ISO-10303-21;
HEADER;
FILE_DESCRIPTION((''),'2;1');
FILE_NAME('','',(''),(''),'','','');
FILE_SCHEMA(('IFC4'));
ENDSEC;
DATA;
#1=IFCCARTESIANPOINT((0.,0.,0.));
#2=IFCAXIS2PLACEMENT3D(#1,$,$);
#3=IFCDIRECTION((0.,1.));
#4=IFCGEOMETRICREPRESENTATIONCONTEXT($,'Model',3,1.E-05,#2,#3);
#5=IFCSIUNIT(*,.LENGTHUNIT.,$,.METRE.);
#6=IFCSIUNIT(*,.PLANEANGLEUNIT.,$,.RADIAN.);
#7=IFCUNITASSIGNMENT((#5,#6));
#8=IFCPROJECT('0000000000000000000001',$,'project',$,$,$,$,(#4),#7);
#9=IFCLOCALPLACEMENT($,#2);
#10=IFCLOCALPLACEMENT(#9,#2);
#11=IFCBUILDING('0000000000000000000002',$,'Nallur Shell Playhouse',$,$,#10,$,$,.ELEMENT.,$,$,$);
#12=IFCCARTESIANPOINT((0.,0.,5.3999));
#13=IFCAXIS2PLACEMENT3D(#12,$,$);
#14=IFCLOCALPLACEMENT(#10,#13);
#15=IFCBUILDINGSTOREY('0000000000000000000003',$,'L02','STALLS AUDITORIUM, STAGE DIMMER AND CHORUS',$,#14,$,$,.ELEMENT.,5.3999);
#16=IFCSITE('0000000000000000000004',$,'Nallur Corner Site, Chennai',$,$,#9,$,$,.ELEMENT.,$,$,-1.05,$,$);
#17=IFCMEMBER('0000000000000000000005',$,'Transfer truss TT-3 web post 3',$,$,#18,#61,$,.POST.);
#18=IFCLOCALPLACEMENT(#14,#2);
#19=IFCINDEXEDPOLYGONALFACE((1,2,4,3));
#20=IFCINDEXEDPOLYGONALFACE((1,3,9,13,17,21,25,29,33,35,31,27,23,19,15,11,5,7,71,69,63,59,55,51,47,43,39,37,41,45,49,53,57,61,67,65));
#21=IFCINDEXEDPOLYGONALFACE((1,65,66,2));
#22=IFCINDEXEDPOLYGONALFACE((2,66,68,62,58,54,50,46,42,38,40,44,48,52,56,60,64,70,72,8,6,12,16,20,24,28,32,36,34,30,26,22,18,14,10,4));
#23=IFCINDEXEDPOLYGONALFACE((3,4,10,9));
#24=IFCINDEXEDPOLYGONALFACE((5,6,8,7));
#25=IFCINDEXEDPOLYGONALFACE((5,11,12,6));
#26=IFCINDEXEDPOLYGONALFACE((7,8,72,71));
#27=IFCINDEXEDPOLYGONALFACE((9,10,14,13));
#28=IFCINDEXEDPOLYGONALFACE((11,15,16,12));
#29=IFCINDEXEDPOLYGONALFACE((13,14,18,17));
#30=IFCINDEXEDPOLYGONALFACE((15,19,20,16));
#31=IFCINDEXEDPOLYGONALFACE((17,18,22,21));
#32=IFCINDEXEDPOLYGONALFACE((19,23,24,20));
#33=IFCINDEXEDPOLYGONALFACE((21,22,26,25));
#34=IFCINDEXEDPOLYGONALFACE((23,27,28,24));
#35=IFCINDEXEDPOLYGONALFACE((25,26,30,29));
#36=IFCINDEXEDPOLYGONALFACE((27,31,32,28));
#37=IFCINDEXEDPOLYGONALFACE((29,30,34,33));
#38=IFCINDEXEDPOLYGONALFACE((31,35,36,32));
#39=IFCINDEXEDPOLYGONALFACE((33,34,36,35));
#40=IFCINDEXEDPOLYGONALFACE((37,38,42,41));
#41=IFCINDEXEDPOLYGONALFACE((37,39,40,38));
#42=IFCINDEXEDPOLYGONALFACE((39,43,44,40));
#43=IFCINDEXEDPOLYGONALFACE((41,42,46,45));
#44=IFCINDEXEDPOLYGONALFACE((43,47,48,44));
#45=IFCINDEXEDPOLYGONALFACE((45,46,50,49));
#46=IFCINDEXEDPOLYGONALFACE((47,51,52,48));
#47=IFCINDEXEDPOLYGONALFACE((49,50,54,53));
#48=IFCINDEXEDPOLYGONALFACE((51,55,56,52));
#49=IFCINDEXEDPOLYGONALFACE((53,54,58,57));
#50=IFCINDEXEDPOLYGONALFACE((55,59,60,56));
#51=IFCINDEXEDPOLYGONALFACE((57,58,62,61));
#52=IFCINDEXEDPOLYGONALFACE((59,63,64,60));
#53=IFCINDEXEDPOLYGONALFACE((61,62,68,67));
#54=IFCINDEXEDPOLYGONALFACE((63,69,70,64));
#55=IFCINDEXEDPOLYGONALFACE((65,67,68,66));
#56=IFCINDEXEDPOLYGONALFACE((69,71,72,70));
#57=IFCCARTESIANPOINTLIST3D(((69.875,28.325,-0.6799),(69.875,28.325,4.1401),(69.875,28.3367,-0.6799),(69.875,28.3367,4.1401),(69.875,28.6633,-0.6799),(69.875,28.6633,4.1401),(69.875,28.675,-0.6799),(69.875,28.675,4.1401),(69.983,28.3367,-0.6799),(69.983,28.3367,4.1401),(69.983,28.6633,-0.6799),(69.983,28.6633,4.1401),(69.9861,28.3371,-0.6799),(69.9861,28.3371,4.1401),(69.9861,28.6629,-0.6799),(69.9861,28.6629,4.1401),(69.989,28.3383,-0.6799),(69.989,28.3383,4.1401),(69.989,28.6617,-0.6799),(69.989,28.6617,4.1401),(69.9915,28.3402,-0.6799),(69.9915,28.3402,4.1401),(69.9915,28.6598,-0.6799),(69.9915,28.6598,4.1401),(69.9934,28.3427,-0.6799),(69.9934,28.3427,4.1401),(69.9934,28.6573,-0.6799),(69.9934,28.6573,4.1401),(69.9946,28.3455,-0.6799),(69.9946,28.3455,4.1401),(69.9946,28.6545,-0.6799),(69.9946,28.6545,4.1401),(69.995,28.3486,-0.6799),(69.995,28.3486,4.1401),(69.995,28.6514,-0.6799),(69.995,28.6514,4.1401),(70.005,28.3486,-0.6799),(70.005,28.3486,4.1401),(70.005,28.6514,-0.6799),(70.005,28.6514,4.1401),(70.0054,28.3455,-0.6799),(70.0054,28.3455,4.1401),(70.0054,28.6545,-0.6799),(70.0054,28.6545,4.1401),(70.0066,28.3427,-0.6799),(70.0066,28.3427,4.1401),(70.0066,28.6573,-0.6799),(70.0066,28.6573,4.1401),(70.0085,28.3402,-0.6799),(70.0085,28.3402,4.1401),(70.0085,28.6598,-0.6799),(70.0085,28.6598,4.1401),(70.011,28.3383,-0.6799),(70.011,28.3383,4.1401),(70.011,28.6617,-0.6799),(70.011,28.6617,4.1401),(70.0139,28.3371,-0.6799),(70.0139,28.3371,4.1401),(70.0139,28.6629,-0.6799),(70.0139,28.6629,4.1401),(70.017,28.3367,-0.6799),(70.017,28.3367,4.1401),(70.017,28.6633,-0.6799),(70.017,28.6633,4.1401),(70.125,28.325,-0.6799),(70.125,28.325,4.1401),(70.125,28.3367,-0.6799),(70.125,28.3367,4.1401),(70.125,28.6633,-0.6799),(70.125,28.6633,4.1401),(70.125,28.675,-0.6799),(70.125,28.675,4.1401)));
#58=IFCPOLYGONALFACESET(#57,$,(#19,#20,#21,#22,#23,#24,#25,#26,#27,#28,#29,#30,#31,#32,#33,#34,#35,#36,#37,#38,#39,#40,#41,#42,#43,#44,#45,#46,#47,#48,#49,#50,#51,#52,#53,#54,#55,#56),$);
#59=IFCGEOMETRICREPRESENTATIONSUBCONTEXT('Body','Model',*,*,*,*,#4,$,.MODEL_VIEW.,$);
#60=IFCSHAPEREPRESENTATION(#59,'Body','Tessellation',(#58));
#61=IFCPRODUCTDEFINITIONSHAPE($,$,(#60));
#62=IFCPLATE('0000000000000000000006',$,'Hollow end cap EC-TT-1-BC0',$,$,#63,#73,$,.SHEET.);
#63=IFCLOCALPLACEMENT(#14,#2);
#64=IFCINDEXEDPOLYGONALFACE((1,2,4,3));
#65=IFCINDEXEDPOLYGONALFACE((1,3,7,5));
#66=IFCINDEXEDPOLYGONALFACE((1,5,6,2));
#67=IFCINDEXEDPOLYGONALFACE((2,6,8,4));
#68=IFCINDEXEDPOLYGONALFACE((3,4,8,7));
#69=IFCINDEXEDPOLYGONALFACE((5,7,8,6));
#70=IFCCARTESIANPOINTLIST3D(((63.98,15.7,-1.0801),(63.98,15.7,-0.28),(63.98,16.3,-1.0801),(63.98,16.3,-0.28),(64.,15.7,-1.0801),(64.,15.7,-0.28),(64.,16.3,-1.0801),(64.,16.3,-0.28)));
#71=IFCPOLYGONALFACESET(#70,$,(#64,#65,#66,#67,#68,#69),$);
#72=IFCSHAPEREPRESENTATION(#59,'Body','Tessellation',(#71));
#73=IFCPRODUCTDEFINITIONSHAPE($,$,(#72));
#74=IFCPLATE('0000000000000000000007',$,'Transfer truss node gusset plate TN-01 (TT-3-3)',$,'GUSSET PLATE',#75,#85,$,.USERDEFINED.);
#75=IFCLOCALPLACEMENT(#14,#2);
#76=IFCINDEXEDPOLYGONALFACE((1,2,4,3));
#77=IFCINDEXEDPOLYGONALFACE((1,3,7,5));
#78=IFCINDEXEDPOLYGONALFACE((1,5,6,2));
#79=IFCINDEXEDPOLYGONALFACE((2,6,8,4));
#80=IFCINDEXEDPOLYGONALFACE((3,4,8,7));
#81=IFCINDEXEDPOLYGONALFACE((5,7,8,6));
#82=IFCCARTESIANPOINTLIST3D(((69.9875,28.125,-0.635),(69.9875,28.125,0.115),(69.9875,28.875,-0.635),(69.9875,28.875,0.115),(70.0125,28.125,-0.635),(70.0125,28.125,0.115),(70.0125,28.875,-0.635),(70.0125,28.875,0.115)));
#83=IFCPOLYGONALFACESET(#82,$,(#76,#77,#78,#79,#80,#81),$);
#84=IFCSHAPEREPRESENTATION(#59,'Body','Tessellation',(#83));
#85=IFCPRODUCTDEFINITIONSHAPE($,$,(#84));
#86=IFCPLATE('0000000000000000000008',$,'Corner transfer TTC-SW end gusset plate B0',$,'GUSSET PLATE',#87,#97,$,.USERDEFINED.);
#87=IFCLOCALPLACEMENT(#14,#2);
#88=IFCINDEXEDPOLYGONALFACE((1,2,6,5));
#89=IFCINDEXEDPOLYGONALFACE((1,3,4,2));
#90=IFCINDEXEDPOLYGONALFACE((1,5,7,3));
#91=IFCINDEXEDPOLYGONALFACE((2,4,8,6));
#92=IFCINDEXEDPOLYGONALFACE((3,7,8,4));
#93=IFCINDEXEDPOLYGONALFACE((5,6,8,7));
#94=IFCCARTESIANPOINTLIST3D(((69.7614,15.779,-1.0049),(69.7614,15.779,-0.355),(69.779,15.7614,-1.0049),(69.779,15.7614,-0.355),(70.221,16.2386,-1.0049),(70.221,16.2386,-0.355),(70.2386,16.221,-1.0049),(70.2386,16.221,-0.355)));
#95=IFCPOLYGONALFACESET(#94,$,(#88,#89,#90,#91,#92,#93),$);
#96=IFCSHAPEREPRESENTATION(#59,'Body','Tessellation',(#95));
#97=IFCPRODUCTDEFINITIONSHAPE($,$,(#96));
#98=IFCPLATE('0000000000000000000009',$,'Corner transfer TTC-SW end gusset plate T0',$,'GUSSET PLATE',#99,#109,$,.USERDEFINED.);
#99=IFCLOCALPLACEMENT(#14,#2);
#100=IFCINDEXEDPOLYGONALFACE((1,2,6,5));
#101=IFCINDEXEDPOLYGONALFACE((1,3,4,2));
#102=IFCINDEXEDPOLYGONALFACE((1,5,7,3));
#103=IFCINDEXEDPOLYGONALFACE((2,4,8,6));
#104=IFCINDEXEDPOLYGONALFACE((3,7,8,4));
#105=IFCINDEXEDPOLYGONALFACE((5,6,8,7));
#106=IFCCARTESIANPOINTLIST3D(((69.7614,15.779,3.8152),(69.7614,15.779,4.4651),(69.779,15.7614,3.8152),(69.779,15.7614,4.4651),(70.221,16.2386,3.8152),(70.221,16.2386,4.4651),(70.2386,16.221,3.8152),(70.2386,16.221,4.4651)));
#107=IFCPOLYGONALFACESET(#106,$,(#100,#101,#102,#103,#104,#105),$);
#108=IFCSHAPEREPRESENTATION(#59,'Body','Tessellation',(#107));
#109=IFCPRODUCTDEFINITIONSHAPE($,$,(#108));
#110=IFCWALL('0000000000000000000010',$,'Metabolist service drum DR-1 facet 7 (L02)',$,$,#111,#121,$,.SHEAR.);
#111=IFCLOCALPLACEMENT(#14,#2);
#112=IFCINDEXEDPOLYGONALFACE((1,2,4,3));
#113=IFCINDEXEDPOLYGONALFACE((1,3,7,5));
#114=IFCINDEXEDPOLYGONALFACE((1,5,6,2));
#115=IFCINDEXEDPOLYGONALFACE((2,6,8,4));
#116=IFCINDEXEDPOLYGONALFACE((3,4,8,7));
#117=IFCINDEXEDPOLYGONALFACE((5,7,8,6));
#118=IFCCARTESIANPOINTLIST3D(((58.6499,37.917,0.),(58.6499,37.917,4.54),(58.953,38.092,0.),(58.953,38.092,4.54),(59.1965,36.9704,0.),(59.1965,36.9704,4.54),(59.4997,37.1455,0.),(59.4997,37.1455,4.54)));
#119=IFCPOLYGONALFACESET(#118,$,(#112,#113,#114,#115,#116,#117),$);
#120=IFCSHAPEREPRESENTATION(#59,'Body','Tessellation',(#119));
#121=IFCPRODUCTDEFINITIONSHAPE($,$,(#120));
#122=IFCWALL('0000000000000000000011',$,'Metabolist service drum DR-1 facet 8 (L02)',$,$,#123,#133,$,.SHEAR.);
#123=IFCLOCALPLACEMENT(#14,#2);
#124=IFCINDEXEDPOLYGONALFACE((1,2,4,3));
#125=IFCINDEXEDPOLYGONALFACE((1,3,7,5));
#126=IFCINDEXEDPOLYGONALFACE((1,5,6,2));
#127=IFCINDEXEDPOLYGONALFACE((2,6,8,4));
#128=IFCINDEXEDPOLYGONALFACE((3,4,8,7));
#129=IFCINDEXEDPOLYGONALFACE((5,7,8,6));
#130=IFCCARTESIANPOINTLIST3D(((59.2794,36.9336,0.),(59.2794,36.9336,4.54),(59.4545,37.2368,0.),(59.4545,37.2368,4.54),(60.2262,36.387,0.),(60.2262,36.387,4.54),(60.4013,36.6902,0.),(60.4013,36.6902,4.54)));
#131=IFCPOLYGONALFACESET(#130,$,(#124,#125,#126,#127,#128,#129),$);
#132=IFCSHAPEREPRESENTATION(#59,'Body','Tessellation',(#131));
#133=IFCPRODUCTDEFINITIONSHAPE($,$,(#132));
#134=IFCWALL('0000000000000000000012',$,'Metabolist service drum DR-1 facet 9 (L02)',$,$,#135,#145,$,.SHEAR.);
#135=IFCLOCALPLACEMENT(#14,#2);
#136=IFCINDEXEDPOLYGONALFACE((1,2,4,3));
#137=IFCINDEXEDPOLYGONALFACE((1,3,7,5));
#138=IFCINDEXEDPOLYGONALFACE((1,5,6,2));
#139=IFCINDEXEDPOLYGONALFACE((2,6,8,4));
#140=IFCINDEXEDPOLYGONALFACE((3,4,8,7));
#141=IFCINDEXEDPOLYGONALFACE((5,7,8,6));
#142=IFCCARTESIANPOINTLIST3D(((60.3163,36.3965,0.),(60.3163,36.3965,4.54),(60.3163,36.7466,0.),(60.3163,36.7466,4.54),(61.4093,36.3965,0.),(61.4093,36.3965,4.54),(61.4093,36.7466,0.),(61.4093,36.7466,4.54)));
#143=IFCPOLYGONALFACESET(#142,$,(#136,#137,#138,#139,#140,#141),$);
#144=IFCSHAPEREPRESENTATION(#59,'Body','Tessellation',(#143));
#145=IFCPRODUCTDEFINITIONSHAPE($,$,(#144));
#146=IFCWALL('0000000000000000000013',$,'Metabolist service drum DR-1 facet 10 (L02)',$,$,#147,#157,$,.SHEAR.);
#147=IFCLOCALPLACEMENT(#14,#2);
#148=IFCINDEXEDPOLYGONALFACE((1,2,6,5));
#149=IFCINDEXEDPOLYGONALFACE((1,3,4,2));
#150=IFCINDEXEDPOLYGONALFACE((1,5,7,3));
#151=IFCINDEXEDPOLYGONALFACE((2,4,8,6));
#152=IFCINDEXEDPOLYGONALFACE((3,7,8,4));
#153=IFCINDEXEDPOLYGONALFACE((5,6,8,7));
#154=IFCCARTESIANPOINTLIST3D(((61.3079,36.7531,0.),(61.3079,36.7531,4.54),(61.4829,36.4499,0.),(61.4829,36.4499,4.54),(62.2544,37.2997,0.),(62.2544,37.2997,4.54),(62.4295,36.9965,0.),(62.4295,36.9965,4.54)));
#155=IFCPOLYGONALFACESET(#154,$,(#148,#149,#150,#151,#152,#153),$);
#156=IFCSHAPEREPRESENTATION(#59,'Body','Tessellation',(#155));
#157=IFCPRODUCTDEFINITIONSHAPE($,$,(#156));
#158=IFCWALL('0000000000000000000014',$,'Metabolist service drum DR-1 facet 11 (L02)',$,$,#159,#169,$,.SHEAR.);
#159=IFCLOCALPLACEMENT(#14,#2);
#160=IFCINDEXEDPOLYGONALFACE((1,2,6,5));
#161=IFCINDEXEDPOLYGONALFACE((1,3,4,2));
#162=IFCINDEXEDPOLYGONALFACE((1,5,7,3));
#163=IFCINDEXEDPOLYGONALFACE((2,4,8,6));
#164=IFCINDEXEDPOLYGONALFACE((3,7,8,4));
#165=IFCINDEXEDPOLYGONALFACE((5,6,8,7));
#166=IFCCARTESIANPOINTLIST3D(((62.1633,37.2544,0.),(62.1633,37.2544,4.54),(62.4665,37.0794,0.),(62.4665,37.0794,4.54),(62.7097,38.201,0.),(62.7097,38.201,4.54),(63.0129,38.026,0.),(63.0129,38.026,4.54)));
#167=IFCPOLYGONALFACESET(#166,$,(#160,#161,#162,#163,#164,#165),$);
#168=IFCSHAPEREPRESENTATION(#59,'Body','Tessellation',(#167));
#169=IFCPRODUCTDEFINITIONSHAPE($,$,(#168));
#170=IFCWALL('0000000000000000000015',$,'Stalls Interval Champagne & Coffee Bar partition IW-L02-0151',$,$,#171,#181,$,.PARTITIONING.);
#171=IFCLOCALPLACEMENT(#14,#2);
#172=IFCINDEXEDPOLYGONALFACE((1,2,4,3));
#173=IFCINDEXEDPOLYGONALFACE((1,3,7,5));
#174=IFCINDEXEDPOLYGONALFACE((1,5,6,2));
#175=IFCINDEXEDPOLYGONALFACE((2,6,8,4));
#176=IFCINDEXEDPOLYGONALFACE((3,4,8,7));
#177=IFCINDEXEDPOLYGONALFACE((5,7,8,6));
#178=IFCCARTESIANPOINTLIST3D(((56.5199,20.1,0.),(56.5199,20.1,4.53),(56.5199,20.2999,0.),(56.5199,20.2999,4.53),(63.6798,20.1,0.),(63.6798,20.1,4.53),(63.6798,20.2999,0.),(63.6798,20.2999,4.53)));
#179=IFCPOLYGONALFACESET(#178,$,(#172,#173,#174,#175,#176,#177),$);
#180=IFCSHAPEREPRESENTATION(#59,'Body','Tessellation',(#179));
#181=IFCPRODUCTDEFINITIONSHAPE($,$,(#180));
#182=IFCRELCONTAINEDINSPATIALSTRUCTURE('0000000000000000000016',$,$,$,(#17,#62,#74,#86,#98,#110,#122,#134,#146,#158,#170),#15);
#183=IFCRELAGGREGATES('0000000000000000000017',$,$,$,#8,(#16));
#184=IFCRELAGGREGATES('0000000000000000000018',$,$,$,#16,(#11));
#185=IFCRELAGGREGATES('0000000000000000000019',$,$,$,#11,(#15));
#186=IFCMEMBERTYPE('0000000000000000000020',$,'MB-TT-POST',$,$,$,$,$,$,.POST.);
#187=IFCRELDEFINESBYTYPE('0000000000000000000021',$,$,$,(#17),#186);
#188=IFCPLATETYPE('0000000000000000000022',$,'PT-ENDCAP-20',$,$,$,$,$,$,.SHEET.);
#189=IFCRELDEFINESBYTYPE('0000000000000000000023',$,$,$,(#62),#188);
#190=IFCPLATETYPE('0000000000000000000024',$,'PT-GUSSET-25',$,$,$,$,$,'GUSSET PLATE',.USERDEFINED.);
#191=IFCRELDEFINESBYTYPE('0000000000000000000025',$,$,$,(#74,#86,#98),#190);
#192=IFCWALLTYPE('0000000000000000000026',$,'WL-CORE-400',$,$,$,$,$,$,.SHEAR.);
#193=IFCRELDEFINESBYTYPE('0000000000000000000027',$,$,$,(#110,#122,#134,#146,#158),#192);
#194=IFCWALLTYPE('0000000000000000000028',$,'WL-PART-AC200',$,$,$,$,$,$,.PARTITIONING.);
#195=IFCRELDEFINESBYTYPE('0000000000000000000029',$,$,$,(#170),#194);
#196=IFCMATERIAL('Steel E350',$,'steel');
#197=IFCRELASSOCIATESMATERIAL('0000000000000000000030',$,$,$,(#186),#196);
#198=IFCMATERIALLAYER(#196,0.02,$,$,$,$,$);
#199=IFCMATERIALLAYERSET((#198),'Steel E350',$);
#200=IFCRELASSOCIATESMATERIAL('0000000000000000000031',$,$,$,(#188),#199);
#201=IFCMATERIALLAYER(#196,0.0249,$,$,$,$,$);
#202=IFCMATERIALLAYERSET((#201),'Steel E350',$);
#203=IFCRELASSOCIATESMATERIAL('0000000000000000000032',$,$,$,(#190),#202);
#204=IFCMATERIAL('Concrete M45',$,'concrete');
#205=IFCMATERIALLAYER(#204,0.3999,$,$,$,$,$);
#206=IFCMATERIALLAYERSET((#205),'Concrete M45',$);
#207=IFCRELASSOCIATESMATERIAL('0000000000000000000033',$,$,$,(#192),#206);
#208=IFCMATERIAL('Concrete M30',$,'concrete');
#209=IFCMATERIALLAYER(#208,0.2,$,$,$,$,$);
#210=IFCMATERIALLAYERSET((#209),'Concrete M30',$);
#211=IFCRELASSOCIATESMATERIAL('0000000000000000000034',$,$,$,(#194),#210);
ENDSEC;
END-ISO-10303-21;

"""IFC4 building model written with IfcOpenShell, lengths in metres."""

from ifc_helpers import new_model, si_unit, direction, frame, frame_2d, origin, origin_2d, place, context, subcontext, project, spatial, rectangle, i_section, extrude, material, layer, layer_set, material_profile, profile_set, type_object, element, save


model = new_model("IFC4")

# Units and contexts
model_context = context("Model", 3, precision=1e-05, world=origin(), true_north=direction((0.0, 1.0)))
body_context = subcontext(model_context, "Body", "Model", "MODEL_VIEW")
ifc_project = project(units=[si_unit("LENGTHUNIT", "METRE"), si_unit("PLANEANGLEUNIT", "RADIAN")], contexts=[model_context])

# Site, building, storey
site_placement = place(None, origin())
site = spatial("IfcSite", under=ifc_project, at=site_placement, Name="Nallur Corner Site, Chennai", CompositionType="ELEMENT", RefElevation=-1.05)
building_placement = place(site_placement, origin())
building = spatial("IfcBuilding", under=site, at=building_placement, Name="Nallur Shell Playhouse", CompositionType="ELEMENT")
storey_placement = place(building_placement, frame((0.0, 0.0, 5.3999)))
storey = spatial("IfcBuildingStorey", under=building, at=storey_placement, Name="L02", Description="STALLS AUDITORIUM, STAGE DIMMER AND CHORUS", CompositionType="ELEMENT", Elevation=5.3999)

# Shared definitions
ifc_material_1 = material(Name="Concrete M45", Category="concrete")

# Shared definitions
ifc_material_2 = material(Name="Steel E350", Category="steel")

# Member
ifc_material_profile_1 = material_profile(ifc_material_2, i_section(OverallWidth=0.25, OverallDepth=0.3501, WebThickness=0.01, FlangeThickness=0.0117, FilletRadius=0.012, at=origin_2d()), Name="ISHB 350")
ifc_profile_set_1 = profile_set([ifc_material_profile_1], Name="Steel E350")
member_type_1 = type_object("IfcMemberType", Name="MB-TT-POST", PredefinedType="POST", material=ifc_profile_set_1)
member_1_placement = place(storey_placement, frame((70.0, 28.5, -0.6799), z_axis=(0.0, 0.0, 1.0), x_axis=(1.0, 0.0, 0.0)))
element("IfcMember", 1, at=member_1_placement, inside=storey, type_object=member_type_1, Name="Transfer truss TT-3 web post 3", PredefinedType="POST", context=body_context, shape_type="SweptSolid", body=[
    extrude(i_section(OverallWidth=0.25, OverallDepth=0.3501, WebThickness=0.01, FlangeThickness=0.0117, FilletRadius=0.012, at=origin_2d()), origin(), (0.0, 0.0, 1.0), 4.8201),
])

# Plates
ifc_layer_1 = layer(ifc_material_2, 0.02)
ifc_layer_set_1 = layer_set([ifc_layer_1], Name="Steel E350")
plate_type_1 = type_object("IfcPlateType", Name="PT-ENDCAP-20", PredefinedType="SHEET", material=ifc_layer_set_1)
plate_1_placement = place(storey_placement, frame((63.99, 16.0, -1.0801), z_axis=(0.0, 0.0, 1.0), x_axis=(1.0, 0.0, 0.0)))
element("IfcPlate", 2, at=plate_1_placement, inside=storey, type_object=plate_type_1, Name="Hollow end cap EC-TT-1-BC0", PredefinedType="SHEET", context=body_context, shape_type="SweptSolid", body=[
    extrude(rectangle(XDim=0.02, YDim=0.6001, at=origin_2d()), origin(), (0.0, 0.0, 1.0), 0.8),
])
ifc_layer_2 = layer(ifc_material_2, 0.0249)
ifc_layer_set_2 = layer_set([ifc_layer_2], Name="Steel E350")
plate_type_2 = type_object("IfcPlateType", Name="PT-GUSSET-25", ElementType="GUSSET PLATE", PredefinedType="USERDEFINED", material=ifc_layer_set_2)
plate_2_placement = place(storey_placement, frame((70.0, 28.5, -0.635), z_axis=(0.0, 0.0, 1.0), x_axis=(1.0, 0.0, 0.0)))
element("IfcPlate", 3, at=plate_2_placement, inside=storey, type_object=plate_type_2, Name="Transfer truss node gusset plate TN-01 (TT-3-3)", ObjectType="GUSSET PLATE", PredefinedType="USERDEFINED", context=body_context, shape_type="SweptSolid", body=[
    extrude(rectangle(XDim=0.0249, YDim=0.75, at=origin_2d()), origin(), (0.0, 0.0, 1.0), 0.75),
])
for number, where, z_axis, x_axis, name in (
    (4, (70.0, 16.0, -1.0049), (0.0, 0.0, 1.0), (-0.707107, -0.707107, 0.0), "Corner transfer TTC-SW end gusset plate B0"),
    (5, (70.0, 16.0, 3.8152), (0.0, 0.0, 1.0), (-0.707107, -0.707107, 0.0), "Corner transfer TTC-SW end gusset plate T0"),
):
    element("IfcPlate", number, at=place(storey_placement, frame(where, z_axis=z_axis, x_axis=x_axis)), inside=storey, type_object=plate_type_2, Name=name, ObjectType="GUSSET PLATE", PredefinedType="USERDEFINED", context=body_context, shape_type="SweptSolid", body=[
        extrude(rectangle(XDim=0.6499, YDim=0.0249, at=origin_2d()), origin(), (0.0, 0.0, 1.0), 0.6499),
    ])

# Walls
ifc_layer_3 = layer(ifc_material_1, 0.3999)
ifc_layer_set_3 = layer_set([ifc_layer_3], Name="Concrete M45")
wall_type_1 = type_object("IfcWallType", Name="WL-CORE-400", PredefinedType="SHEAR", material=ifc_layer_set_3)
wall_1_placement = place(storey_placement, frame((58.8015, 38.0044, 0.0), z_axis=(0.0, 0.0, 1.0), x_axis=(0.500103, -0.865966, 0.0)))
element("IfcWall", 6, at=wall_1_placement, inside=storey, type_object=wall_type_1, Name="Metabolist service drum DR-1 facet 7 (L02)", PredefinedType="SHEAR", context=body_context, shape_type="SweptSolid", body=[
    extrude(rectangle(XDim=1.093, YDim=0.3501, at=frame_2d((0.5464, 0.0))), origin(), (0.0, 0.0, 1.0), 4.54),
])
wall_2_placement = place(storey_placement, frame((59.3669, 37.0852, 0.0), z_axis=(0.0, 0.0, 1.0), x_axis=(0.866022, -0.500006, 0.0)))
element("IfcWall", 7, at=wall_2_placement, inside=storey, type_object=wall_type_1, Name="Metabolist service drum DR-1 facet 8 (L02)", PredefinedType="SHEAR", context=body_context, shape_type="SweptSolid", body=[
    extrude(rectangle(XDim=1.0933, YDim=0.3501, at=frame_2d((0.5466, 0.0))), origin(), (0.0, 0.0, 1.0), 4.54),
])
for number, where, z_axis, x_axis, name in (
    (8, (60.3164, 36.5715, 0.0), (0.0, 0.0, 1.0), (1.0, 0.0, 0.0), "Metabolist service drum DR-1 facet 9 (L02)"),
    (9, (61.3955, 36.6016, 0.0), (0.0, 0.0, 1.0), (0.865966, 0.500103, 0.0), "Metabolist service drum DR-1 facet 10 (L02)"),
    (10, (62.3149, 37.167, 0.0), (0.0, 0.0, 1.0), (0.499935, 0.866063, 0.0), "Metabolist service drum DR-1 facet 11 (L02)"),
):
    element("IfcWall", number, at=place(storey_placement, frame(where, z_axis=z_axis, x_axis=x_axis)), inside=storey, type_object=wall_type_1, Name=name, PredefinedType="SHEAR", context=body_context, shape_type="SweptSolid", body=[
        extrude(rectangle(XDim=1.093, YDim=0.3501, at=frame_2d((0.5464, 0.0))), origin(), (0.0, 0.0, 1.0), 4.54),
    ])
ifc_material_3 = material(Name="Concrete M30", Category="concrete")
ifc_layer_4 = layer(ifc_material_3, 0.2)
ifc_layer_set_4 = layer_set([ifc_layer_4], Name="Concrete M30")
wall_type_2 = type_object("IfcWallType", Name="WL-PART-AC200", PredefinedType="PARTITIONING", material=ifc_layer_set_4)
wall_3_placement = place(storey_placement, frame((63.6799, 20.2, 0.0), z_axis=(0.0, 0.0, 1.0), x_axis=(-1.0, 0.0, 0.0)))
element("IfcWall", 11, at=wall_3_placement, inside=storey, type_object=wall_type_2, Name="Stalls Interval Champagne & Coffee Bar partition IW-L02-0151", PredefinedType="PARTITIONING", context=body_context, shape_type="SweptSolid", body=[
    extrude(rectangle(XDim=7.1599, YDim=0.2, at=frame_2d((3.5801, 0.0))), origin(), (0.0, 0.0, 1.0), 4.53),
])

save(model, "model.ifc")
